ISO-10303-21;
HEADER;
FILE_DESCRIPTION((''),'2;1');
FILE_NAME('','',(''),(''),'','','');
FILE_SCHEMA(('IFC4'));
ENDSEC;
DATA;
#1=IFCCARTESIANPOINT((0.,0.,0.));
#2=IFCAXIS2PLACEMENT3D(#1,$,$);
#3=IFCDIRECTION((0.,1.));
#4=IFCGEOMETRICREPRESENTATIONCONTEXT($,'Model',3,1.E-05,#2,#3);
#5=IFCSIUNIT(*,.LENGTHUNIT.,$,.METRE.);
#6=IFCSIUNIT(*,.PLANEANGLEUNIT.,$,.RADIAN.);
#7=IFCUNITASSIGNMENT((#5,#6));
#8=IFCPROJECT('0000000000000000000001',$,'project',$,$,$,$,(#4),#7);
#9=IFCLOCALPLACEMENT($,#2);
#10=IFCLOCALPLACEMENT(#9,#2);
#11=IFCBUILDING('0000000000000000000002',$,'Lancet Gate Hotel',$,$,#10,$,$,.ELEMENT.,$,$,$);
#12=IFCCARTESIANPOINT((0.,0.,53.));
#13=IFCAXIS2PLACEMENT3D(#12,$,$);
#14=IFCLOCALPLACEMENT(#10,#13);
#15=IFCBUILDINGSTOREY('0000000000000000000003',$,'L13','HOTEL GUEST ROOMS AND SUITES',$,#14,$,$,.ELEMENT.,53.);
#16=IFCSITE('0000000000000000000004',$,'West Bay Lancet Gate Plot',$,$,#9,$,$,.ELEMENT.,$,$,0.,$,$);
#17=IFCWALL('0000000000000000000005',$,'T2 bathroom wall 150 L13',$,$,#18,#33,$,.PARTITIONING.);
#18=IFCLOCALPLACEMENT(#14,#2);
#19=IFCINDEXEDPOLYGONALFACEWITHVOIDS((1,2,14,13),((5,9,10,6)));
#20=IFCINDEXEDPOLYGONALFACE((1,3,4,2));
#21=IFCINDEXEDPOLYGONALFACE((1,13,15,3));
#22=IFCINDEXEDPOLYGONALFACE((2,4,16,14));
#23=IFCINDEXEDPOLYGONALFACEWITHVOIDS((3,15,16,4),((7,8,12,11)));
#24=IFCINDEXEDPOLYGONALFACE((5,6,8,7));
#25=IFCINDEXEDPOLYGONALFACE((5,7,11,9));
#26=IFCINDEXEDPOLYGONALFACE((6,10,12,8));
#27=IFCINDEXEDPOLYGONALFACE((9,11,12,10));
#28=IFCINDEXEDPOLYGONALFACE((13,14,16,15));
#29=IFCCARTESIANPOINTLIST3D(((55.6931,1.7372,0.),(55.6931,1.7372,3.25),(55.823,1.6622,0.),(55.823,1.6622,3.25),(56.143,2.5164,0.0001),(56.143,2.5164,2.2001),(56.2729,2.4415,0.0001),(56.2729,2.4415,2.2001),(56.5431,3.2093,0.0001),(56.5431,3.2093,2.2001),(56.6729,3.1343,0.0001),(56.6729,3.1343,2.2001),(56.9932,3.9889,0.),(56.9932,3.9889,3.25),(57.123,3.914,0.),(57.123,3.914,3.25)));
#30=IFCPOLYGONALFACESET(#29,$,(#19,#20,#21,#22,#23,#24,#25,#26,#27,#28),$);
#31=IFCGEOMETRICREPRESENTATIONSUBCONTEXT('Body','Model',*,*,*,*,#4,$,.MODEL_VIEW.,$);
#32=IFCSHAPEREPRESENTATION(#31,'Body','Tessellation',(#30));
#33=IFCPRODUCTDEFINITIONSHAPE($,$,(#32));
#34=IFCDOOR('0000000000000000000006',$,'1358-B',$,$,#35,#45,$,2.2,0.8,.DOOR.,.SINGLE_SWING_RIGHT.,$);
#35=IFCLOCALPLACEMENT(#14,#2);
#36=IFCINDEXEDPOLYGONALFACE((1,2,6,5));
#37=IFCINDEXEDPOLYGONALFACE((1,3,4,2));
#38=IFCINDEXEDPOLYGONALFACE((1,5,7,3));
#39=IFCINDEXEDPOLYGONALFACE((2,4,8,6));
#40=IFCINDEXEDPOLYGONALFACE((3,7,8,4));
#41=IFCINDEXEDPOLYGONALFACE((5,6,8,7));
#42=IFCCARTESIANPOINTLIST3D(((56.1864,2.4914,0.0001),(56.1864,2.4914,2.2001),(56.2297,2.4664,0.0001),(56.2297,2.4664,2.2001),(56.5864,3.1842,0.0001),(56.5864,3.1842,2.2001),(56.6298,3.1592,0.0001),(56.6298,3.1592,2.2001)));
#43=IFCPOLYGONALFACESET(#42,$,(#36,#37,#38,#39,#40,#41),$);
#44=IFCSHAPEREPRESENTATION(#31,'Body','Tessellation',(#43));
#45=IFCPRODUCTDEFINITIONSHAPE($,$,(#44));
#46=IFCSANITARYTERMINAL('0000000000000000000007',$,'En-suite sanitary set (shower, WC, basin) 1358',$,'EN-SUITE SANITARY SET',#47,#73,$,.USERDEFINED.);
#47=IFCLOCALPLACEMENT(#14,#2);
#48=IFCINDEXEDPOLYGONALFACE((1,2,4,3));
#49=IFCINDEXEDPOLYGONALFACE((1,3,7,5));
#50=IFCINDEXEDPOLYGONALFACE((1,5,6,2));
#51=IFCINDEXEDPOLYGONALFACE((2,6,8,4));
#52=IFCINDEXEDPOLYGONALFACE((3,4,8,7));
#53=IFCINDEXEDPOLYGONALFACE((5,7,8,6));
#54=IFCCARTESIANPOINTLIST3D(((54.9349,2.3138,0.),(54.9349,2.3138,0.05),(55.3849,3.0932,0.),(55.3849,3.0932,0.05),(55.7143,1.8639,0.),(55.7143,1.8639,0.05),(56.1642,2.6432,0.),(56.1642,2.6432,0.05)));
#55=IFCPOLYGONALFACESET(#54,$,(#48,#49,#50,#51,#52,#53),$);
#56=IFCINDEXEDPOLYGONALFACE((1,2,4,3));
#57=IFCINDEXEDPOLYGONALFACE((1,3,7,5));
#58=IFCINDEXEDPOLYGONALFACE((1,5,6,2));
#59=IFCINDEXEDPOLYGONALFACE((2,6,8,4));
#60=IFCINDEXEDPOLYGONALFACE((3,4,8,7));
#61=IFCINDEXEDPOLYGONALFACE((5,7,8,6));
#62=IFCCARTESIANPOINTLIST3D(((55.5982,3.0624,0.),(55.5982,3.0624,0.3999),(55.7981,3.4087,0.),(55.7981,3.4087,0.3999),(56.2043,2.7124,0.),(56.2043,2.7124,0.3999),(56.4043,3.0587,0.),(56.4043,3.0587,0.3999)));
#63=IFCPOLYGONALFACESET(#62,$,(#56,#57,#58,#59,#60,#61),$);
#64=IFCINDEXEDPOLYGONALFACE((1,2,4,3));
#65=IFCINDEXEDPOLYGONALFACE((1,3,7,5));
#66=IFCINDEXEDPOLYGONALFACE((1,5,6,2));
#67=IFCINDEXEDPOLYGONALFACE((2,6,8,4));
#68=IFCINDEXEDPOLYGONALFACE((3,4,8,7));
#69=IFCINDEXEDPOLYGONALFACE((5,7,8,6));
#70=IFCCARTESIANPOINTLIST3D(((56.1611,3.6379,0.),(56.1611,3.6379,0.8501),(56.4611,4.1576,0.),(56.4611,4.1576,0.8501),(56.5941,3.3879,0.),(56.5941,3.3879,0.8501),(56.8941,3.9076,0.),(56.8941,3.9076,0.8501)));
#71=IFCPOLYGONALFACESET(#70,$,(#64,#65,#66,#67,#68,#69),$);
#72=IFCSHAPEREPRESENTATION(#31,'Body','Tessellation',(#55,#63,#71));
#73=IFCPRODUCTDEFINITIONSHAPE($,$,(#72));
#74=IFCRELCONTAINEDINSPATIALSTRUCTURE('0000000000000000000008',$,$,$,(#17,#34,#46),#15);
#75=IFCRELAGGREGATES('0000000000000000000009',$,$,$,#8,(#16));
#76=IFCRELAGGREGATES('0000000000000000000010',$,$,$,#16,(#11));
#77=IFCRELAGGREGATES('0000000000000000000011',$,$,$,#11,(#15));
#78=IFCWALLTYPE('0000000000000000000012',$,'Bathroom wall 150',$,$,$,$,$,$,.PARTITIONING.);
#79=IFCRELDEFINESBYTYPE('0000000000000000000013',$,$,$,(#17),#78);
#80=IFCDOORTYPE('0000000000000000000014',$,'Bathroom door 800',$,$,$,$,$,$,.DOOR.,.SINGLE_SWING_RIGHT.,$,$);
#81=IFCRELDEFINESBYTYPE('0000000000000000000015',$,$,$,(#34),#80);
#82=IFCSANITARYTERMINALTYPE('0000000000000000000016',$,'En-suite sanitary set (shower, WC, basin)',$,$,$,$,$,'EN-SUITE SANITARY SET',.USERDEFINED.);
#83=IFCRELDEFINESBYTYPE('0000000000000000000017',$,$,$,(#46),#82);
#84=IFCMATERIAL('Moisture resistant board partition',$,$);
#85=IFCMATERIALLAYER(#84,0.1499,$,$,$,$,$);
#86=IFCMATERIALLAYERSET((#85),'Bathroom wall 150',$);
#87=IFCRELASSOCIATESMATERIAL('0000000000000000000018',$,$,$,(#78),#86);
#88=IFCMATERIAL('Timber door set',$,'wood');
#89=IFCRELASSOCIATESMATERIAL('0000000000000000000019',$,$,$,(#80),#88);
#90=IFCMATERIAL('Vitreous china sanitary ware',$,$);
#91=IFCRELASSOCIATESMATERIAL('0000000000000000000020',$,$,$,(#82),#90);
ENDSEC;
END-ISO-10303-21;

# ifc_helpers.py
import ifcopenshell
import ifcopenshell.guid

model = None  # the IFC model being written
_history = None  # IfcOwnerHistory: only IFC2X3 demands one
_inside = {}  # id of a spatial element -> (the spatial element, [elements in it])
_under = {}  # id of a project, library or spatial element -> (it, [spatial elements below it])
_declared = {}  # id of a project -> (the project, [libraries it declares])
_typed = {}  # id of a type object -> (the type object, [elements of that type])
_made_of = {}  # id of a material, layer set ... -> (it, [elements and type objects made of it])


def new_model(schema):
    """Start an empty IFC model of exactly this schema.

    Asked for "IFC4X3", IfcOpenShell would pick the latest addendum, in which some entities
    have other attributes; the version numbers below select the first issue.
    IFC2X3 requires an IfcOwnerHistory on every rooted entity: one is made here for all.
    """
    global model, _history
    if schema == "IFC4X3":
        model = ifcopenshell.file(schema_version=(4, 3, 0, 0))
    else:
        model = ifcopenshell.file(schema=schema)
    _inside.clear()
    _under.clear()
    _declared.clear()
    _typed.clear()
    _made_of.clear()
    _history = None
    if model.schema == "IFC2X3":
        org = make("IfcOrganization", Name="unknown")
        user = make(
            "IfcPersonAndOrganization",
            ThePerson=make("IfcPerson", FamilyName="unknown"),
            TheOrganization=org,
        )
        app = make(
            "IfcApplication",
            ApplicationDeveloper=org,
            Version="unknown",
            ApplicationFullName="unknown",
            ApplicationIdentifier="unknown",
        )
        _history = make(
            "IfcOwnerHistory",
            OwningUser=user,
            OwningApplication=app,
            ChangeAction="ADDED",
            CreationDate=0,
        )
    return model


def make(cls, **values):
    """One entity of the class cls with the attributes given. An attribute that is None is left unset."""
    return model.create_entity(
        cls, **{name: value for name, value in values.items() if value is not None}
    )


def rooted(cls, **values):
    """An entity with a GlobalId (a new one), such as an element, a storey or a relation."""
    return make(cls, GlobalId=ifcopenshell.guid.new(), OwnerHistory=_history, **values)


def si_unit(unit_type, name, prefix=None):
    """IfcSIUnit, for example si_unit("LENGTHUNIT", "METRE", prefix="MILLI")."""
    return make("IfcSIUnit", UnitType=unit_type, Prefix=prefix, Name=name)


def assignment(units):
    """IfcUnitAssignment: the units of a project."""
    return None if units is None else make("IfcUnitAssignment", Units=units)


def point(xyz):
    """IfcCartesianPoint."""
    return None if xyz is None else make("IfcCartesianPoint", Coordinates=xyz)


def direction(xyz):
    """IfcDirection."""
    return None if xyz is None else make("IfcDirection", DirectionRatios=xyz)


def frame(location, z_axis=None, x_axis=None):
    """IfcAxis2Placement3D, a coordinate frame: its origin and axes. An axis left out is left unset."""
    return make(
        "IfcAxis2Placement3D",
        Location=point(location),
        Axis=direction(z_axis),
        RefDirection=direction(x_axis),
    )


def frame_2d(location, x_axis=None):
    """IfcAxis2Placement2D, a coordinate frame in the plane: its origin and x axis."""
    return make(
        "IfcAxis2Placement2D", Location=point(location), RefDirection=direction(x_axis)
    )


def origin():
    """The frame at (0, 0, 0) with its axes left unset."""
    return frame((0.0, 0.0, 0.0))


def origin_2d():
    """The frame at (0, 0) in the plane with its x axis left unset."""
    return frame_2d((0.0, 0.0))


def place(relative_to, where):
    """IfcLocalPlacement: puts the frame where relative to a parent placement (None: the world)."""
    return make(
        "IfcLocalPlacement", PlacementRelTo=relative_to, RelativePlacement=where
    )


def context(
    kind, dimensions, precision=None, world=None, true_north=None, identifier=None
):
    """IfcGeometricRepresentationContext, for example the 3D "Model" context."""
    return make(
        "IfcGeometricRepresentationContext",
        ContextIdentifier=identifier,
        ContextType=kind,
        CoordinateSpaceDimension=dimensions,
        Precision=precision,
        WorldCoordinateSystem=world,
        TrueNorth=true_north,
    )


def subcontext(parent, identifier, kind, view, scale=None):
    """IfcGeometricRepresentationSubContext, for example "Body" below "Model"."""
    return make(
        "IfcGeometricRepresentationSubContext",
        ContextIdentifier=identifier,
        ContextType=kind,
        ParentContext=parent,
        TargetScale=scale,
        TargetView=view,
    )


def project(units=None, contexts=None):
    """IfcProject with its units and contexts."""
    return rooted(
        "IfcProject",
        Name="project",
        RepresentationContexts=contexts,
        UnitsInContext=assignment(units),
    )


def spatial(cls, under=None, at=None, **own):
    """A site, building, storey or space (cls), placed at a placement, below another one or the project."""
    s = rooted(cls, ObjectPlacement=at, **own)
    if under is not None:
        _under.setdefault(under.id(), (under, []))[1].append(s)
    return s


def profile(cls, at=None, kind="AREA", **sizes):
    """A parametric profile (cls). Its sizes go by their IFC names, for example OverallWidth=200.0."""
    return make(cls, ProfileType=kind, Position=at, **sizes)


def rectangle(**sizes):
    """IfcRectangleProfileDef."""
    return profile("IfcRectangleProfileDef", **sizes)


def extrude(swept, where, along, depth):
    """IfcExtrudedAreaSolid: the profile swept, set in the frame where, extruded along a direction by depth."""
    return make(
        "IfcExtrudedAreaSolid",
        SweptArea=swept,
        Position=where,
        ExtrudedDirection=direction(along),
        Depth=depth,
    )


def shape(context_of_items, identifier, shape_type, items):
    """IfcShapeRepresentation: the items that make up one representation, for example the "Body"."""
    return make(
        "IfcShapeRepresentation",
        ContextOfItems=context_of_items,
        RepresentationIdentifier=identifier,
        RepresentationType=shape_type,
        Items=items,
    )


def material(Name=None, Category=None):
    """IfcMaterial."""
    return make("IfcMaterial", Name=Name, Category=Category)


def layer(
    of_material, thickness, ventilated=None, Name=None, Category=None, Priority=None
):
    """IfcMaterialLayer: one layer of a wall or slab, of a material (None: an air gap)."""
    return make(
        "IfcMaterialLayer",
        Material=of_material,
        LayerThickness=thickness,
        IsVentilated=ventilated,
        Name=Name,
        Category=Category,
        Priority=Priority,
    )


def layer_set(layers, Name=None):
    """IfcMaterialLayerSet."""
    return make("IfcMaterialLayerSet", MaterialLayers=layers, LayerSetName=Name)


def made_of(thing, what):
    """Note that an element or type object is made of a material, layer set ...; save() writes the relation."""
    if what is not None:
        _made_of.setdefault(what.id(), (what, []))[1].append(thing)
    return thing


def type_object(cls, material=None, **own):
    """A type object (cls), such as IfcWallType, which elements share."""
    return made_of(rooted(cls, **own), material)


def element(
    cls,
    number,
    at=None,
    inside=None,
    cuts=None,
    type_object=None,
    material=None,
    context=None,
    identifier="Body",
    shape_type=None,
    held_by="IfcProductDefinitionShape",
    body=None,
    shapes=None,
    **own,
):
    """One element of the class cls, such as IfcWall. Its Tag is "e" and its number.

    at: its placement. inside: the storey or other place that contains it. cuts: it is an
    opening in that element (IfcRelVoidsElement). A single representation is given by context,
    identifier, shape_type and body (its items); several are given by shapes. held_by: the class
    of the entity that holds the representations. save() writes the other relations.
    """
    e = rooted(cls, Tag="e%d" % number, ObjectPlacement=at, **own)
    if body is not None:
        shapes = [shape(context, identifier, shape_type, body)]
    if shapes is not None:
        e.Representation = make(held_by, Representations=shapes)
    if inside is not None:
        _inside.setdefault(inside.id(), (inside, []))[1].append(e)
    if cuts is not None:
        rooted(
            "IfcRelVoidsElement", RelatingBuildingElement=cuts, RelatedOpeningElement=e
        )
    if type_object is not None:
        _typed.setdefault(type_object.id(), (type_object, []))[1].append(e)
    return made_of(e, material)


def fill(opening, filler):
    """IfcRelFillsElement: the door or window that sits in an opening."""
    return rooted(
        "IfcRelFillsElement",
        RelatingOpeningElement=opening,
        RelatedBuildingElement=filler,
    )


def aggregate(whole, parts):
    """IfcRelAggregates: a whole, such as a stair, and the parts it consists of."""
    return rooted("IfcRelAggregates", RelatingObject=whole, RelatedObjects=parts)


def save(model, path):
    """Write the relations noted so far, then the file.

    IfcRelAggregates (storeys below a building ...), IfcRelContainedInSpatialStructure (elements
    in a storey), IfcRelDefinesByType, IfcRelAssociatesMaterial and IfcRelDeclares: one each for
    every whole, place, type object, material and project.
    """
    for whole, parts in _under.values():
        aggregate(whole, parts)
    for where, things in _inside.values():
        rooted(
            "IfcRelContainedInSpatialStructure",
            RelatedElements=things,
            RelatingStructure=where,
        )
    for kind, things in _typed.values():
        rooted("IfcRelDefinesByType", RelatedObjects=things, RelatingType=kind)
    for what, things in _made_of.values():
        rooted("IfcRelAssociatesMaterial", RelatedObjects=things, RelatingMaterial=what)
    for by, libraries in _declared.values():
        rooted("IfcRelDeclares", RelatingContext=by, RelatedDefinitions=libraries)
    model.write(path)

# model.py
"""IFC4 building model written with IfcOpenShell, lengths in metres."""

from ifc_helpers import new_model, si_unit, direction, frame, frame_2d, origin, origin_2d, place, context, subcontext, project, spatial, rectangle, extrude, material, layer, layer_set, type_object, element, fill, save


model = new_model("IFC4")

# Units and contexts
model_context = context("Model", 3, precision=1e-05, world=origin(), true_north=direction((0.0, 1.0)))
body_context = subcontext(model_context, "Body", "Model", "MODEL_VIEW")
ifc_project = project(units=[si_unit("LENGTHUNIT", "METRE"), si_unit("PLANEANGLEUNIT", "RADIAN")], contexts=[model_context])

# Site, building, storey
site_placement = place(None, origin())
site = spatial("IfcSite", under=ifc_project, at=site_placement, Name="West Bay Lancet Gate Plot", CompositionType="ELEMENT", RefElevation=0.0)
building_placement = place(site_placement, origin())
building = spatial("IfcBuilding", under=site, at=building_placement, Name="Lancet Gate Hotel", CompositionType="ELEMENT")
storey_placement = place(building_placement, frame((0.0, 0.0, 53.0)))
storey = spatial("IfcBuildingStorey", under=building, at=storey_placement, Name="L13", Description="HOTEL GUEST ROOMS AND SUITES", CompositionType="ELEMENT", Elevation=53.0)

# Shared definitions
ifc_material_1 = material(Name="Moisture resistant board partition")
ifc_layer_1 = layer(ifc_material_1, 0.1499)
ifc_layer_set_1 = layer_set([ifc_layer_1], Name="Bathroom wall 150")
wall_type = type_object("IfcWallType", Name="Bathroom wall 150", PredefinedType="PARTITIONING", material=ifc_layer_set_1)

# Wall, opening, door
wall_1_placement = place(storey_placement, frame((55.7581, 1.6997, 0.0), z_axis=(0.0, 0.0, 1.0), x_axis=(0.500007, 0.866021, 0.0)))
wall_1 = element("IfcWall", 1, at=wall_1_placement, inside=storey, type_object=wall_type, Name="T2 bathroom wall 150 L13", PredefinedType="PARTITIONING", context=body_context, shape_type="SweptSolid", body=[
    extrude(rectangle(XDim=2.6001, YDim=0.1499, at=frame_2d((1.3, 0.0))), origin(), (0.0, 0.0, 1.0), 3.25),
])
opening_placement = place(wall_1_placement, frame((0.8999, 0.0, 0.0)))
opening = element("IfcOpeningElement", 2, at=opening_placement, cuts=wall_1, PredefinedType="OPENING", context=body_context, shape_type="SweptSolid", body=[
    extrude(rectangle(XDim=0.8, YDim=2.2, at=frame_2d((0.3999, 1.1001))), frame((0.0, 0.085, 0.0), z_axis=(0.0, -1.0, 0.0), x_axis=(1.0, 0.0, 0.0)), (0.0, 0.0, 1.0), 0.1699),
])
ifc_material_2 = material(Name="Timber door set", Category="wood")
door_type = type_object("IfcDoorType", Name="Bathroom door 800", OperationType="SINGLE_SWING_RIGHT", PredefinedType="DOOR", material=ifc_material_2)
door_placement = place(opening_placement, origin())
door = element("IfcDoor", 3, at=door_placement, inside=storey, type_object=door_type, Name="1358-B", OperationType="SINGLE_SWING_RIGHT", OverallHeight=2.2, OverallWidth=0.8, PredefinedType="DOOR", context=body_context, shape_type="SweptSolid", body=[
    extrude(rectangle(XDim=0.8, YDim=2.2, at=frame_2d((0.3999, 1.1001))), frame((0.0, 0.0249, 0.0), z_axis=(0.0, -1.0, 0.0), x_axis=(1.0, 0.0, 0.0)), (0.0, 0.0, 1.0), 0.05),
])
fill(opening, door)

# Sanitary terminal
ifc_material_3 = material(Name="Vitreous china sanitary ware")
sanitary_terminal_type = type_object("IfcSanitaryTerminalType", Name="En-suite sanitary set (shower, WC, basin)", ElementType="EN-SUITE SANITARY SET", PredefinedType="USERDEFINED", material=ifc_material_3)
sanitary_terminal_placement = place(storey_placement, frame((55.5496, 2.4785, 0.0), z_axis=(0.0, 0.0, 1.0), x_axis=(1.0, 0.0, 0.0)))
element("IfcSanitaryTerminal", 4, at=sanitary_terminal_placement, inside=storey, type_object=sanitary_terminal_type, Name="En-suite sanitary set (shower, WC, basin) 1358", ObjectType="EN-SUITE SANITARY SET", PredefinedType="USERDEFINED", context=body_context, shape_type="SweptSolid", body=[
    extrude(rectangle(XDim=0.8999, YDim=0.8999, at=origin_2d()), frame((0.0, 0.0, 0.0), z_axis=(0.0, 0.0, 1.0), x_axis=(-0.5, -0.866025, 0.0)), (0.0, 0.0, 1.0), 0.05),
    extrude(rectangle(XDim=0.3999, YDim=0.7, at=origin_2d()), frame((0.4517, 0.582, 0.0), z_axis=(0.0, 0.0, 1.0), x_axis=(-0.5, -0.866025, 0.0)), (0.0, 0.0, 1.0), 0.3999),
    extrude(rectangle(XDim=0.6001, YDim=0.5, at=origin_2d()), frame((0.978, 1.2942, 0.0), z_axis=(0.0, 0.0, 1.0), x_axis=(-0.5, -0.866025, 0.0)), (0.0, 0.0, 1.0), 0.8501),
])

save(model, "model.ifc")
